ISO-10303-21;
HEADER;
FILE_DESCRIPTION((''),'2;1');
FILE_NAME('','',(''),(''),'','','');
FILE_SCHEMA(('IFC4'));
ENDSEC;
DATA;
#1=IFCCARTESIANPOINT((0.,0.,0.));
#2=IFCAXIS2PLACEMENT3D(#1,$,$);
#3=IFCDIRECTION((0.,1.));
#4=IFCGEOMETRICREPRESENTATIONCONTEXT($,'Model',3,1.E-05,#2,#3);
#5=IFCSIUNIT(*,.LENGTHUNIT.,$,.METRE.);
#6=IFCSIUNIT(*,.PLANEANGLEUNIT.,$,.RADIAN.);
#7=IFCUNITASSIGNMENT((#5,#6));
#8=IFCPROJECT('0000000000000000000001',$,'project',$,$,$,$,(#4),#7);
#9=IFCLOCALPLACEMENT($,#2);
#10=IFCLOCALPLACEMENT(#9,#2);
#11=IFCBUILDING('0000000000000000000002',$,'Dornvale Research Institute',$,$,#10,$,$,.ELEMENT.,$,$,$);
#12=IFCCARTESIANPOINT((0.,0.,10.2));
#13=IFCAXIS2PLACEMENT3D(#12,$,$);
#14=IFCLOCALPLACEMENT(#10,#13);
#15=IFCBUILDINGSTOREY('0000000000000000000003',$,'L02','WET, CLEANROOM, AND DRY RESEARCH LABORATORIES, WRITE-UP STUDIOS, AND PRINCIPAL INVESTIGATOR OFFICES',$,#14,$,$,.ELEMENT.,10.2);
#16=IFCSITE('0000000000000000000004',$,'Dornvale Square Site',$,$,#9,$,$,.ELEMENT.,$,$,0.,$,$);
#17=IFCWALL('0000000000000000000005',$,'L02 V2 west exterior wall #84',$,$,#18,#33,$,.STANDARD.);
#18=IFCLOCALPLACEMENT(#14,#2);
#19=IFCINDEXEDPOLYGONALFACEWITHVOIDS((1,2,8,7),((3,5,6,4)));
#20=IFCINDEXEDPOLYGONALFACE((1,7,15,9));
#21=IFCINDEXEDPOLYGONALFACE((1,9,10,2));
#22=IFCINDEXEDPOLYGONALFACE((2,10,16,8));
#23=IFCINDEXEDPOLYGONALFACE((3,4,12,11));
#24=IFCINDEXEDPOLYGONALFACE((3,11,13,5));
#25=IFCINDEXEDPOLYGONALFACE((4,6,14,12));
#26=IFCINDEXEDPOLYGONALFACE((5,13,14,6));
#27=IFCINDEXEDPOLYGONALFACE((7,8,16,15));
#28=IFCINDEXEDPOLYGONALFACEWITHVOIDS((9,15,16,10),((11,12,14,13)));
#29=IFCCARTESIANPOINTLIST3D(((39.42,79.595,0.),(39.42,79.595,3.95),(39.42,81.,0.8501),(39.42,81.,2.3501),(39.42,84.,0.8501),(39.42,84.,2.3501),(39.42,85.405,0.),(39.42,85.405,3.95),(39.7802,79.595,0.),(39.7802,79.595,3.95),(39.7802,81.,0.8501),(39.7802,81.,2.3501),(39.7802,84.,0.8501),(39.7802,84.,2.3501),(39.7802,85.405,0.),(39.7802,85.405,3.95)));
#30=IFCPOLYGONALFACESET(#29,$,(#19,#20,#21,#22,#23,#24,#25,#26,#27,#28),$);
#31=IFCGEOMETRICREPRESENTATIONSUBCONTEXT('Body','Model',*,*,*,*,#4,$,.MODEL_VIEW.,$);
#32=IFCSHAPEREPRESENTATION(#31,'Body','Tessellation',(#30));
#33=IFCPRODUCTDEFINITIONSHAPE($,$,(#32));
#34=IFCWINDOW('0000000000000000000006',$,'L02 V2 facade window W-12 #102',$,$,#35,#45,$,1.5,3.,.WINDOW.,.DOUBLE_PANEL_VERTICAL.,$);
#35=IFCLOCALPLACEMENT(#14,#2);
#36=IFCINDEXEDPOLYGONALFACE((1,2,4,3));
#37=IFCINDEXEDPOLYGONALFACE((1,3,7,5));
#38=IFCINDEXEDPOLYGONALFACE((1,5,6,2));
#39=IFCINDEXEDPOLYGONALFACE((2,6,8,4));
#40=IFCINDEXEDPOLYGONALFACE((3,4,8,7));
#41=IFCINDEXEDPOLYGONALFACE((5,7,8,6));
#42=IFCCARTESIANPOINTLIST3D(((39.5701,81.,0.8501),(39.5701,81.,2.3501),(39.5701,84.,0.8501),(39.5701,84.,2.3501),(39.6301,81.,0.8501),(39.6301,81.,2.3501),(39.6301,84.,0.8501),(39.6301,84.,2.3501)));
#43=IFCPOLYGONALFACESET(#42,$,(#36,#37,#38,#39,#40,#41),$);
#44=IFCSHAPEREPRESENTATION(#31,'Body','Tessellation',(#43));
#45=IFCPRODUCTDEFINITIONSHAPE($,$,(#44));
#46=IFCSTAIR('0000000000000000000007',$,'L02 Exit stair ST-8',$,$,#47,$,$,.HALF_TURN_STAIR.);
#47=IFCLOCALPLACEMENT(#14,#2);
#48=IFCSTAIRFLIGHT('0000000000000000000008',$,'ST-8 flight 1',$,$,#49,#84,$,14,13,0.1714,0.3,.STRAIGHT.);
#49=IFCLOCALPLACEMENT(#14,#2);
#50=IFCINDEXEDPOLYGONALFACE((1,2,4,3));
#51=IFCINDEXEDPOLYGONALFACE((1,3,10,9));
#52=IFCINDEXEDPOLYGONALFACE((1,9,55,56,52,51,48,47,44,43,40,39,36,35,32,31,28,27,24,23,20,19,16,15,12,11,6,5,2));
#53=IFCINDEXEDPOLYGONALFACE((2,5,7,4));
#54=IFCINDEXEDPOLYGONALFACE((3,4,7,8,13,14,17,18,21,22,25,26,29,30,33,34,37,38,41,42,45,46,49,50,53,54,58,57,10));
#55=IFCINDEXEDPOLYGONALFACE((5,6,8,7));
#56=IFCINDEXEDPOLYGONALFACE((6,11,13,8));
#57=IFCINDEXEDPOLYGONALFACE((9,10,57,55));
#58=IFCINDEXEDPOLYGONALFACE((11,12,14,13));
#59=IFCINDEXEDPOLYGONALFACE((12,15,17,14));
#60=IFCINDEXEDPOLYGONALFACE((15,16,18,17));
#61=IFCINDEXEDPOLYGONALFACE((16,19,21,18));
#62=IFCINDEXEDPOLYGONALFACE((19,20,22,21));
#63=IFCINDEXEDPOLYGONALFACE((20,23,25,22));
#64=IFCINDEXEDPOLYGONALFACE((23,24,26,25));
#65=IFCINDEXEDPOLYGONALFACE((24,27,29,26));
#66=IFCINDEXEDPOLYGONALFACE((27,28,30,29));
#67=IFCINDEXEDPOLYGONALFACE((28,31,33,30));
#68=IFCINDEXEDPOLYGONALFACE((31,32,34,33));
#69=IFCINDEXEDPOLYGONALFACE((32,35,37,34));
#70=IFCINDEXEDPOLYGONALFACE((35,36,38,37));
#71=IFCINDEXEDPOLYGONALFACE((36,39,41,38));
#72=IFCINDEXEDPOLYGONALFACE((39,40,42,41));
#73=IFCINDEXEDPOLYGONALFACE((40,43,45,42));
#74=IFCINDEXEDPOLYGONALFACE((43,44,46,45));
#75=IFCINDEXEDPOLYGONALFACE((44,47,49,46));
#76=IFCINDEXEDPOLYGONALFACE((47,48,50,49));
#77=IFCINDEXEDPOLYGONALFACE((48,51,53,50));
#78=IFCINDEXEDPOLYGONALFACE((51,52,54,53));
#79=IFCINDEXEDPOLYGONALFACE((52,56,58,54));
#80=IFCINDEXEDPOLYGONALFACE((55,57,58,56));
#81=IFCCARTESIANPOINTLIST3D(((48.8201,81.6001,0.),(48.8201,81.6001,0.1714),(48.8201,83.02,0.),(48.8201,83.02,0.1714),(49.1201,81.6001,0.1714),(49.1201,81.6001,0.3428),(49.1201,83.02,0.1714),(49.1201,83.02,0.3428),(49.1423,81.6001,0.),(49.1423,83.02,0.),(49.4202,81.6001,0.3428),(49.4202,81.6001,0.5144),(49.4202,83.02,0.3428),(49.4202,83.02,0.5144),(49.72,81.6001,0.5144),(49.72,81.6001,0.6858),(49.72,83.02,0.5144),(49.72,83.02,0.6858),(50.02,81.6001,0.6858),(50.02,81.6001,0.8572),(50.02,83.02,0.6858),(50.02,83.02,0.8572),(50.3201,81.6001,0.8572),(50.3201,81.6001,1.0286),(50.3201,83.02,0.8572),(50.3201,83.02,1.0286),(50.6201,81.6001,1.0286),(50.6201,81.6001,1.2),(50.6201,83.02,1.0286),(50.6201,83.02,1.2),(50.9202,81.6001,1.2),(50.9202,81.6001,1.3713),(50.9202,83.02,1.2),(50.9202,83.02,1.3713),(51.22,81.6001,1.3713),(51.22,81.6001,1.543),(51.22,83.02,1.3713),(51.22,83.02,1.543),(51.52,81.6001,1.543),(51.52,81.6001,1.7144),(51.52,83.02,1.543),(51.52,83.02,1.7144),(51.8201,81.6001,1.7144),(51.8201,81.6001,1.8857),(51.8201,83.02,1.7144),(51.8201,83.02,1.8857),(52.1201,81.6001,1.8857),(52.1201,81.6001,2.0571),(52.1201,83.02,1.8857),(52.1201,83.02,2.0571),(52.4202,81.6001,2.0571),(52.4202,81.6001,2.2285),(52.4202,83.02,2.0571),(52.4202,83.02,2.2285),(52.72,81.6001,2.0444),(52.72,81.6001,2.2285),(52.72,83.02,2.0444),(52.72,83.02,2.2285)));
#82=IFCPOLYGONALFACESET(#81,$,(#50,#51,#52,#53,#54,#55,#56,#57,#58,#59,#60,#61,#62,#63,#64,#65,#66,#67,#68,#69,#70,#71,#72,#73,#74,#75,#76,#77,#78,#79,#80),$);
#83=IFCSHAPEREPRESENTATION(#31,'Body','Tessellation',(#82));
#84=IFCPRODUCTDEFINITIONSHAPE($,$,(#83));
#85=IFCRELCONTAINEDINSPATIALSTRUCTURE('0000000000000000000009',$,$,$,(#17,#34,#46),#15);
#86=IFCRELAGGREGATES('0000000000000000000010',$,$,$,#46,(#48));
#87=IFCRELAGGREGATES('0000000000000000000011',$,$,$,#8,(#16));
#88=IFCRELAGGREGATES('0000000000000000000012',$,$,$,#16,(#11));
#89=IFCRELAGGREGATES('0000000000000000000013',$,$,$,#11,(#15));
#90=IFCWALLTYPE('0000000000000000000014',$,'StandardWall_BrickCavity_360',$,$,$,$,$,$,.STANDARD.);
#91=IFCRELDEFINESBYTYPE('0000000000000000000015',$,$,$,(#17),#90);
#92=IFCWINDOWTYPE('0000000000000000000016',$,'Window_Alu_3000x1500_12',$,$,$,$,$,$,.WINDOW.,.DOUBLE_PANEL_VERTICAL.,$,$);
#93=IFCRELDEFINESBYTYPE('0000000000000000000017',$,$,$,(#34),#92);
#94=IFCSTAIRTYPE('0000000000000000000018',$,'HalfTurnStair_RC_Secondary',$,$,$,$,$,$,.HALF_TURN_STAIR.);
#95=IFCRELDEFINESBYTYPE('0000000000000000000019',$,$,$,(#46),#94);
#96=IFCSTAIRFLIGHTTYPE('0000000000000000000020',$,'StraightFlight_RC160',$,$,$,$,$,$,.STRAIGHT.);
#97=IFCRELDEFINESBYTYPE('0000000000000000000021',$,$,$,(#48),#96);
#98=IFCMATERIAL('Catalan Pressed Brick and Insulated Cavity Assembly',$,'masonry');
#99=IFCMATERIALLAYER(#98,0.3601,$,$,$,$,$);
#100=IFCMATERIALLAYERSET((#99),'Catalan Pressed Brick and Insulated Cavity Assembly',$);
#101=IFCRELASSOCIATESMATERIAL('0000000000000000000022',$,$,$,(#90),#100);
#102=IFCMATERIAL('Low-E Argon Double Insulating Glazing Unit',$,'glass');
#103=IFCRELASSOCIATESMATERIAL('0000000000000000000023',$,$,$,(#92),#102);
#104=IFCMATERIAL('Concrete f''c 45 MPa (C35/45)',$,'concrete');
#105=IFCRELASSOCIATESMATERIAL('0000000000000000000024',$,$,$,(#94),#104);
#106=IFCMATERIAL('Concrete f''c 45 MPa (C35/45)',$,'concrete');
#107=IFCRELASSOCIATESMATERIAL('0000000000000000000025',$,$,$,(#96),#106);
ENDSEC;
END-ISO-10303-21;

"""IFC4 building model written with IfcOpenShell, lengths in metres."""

from ifc_helpers import new_model, si_unit, direction, frame, frame_2d, origin, place, context, subcontext, project, spatial, polyline, rectangle, outline, extrude, material, layer, layer_set, type_object, element, fill, aggregate, save


model = new_model("IFC4")

# Units and contexts
model_context = context("Model", 3, precision=1e-05, world=origin(), true_north=direction((0.0, 1.0)))
body_context = subcontext(model_context, "Body", "Model", "MODEL_VIEW")
ifc_project = project(units=[si_unit("LENGTHUNIT", "METRE"), si_unit("PLANEANGLEUNIT", "RADIAN")], contexts=[model_context])

# Site, building, storey
site_placement = place(None, origin())
site = spatial("IfcSite", under=ifc_project, at=site_placement, Name="Dornvale Square Site", CompositionType="ELEMENT", RefElevation=0.0)
building_placement = place(site_placement, origin())
building = spatial("IfcBuilding", under=site, at=building_placement, Name="Dornvale Research Institute", CompositionType="ELEMENT")
storey_placement = place(building_placement, frame((0.0, 0.0, 10.2)))
storey = spatial("IfcBuildingStorey", under=building, at=storey_placement, Name="L02", Description="WET, CLEANROOM, AND DRY RESEARCH LABORATORIES, WRITE-UP STUDIOS, AND PRINCIPAL INVESTIGATOR OFFICES", CompositionType="ELEMENT", Elevation=10.2)

# Wall, opening, window
ifc_material_1 = material(Name="Catalan Pressed Brick and Insulated Cavity Assembly", Category="masonry")
ifc_layer_1 = layer(ifc_material_1, 0.3601)
ifc_layer_set_1 = layer_set([ifc_layer_1], Name="Catalan Pressed Brick and Insulated Cavity Assembly")
wall_type_1 = type_object("IfcWallType", Name="StandardWall_BrickCavity_360", PredefinedType="STANDARD", material=ifc_layer_set_1)
wall_1_placement = place(storey_placement, frame((39.6001, 79.595, 0.0), z_axis=(0.0, 0.0, 1.0), x_axis=(0.0, 1.0, 0.0)))
wall_1 = element("IfcWall", 1, at=wall_1_placement, inside=storey, type_object=wall_type_1, Name="L02 V2 west exterior wall #84", PredefinedType="STANDARD", context=body_context, shape_type="SweptSolid", body=[
    extrude(rectangle(XDim=5.8101, YDim=0.3601, at=frame_2d((2.905, 0.0))), origin(), (0.0, 0.0, 1.0), 3.95),
])
opening_1_placement = place(wall_1_placement, frame((1.405, 0.0, 0.8501)))
opening_1 = element("IfcOpeningElement", 2, at=opening_1_placement, cuts=wall_1, PredefinedType="OPENING", context=body_context, shape_type="SweptSolid", body=[
    extrude(rectangle(XDim=3.0, YDim=1.5, at=frame_2d((1.5, 0.75))), frame((0.0, 0.1951, 0.0), z_axis=(0.0, -1.0, 0.0), x_axis=(1.0, 0.0, 0.0)), (0.0, 0.0, 1.0), 0.3901),
])
ifc_material_2 = material(Name="Low-E Argon Double Insulating Glazing Unit", Category="glass")
window_type = type_object("IfcWindowType", Name="Window_Alu_3000x1500_12", PartitioningType="DOUBLE_PANEL_VERTICAL", PredefinedType="WINDOW", material=ifc_material_2)
window_placement = place(opening_1_placement, origin())
window = element("IfcWindow", 3, at=window_placement, inside=storey, type_object=window_type, Name="L02 V2 facade window W-12 #102", OverallHeight=1.5, OverallWidth=3.0, PartitioningType="DOUBLE_PANEL_VERTICAL", PredefinedType="WINDOW", context=body_context, shape_type="SweptSolid", body=[
    extrude(rectangle(XDim=3.0, YDim=1.5, at=frame_2d((1.5, 0.75))), frame((0.0, 0.03, 0.0), z_axis=(0.0, -1.0, 0.0), x_axis=(1.0, 0.0, 0.0)), (0.0, 0.0, 1.0), 0.0601),
])
fill(opening_1, window)

# Stair, stair flight
ifc_material_3 = material(Name="Concrete f'c 45 MPa (C35/45)", Category="concrete")
stair_type = type_object("IfcStairType", Name="HalfTurnStair_RC_Secondary", PredefinedType="HALF_TURN_STAIR", material=ifc_material_3)
stair_placement = place(storey_placement, origin())
stair = element("IfcStair", 4, at=stair_placement, inside=storey, type_object=stair_type, Name="L02 Exit stair ST-8", PredefinedType="HALF_TURN_STAIR")
ifc_material_4 = material(Name="Concrete f'c 45 MPa (C35/45)", Category="concrete")
stair_flight_type = type_object("IfcStairFlightType", Name="StraightFlight_RC160", PredefinedType="STRAIGHT", material=ifc_material_4)
stair_flight_placement = place(storey_placement, frame((48.8201, 82.3101, 0.0), z_axis=(0.0, 0.0, 1.0), x_axis=(1.0, 0.0, 0.0)))
stair_flight = element("IfcStairFlight", 5, at=stair_flight_placement, type_object=stair_flight_type, Name="ST-8 flight 1", NumberOfRisers=14, NumberOfTreads=13, PredefinedType="STRAIGHT", RiserHeight=0.1714, TreadLength=0.3, context=body_context, shape_type="SweptSolid", body=[
    extrude(outline(polyline([(0.0, 0.0), (0.0, 0.1714), (0.3, 0.1714), (0.3, 0.3428), (0.6001, 0.3428), (0.6001, 0.5144), (0.8999, 0.5144), (0.8999, 0.6858), (1.2, 0.6858), (1.2, 0.8572), (1.5, 0.8572), (1.5, 1.0286), (1.8, 1.0286), (1.8, 1.2), (2.1001, 1.2), (2.1001, 1.3713), (2.3999, 1.3713), (2.3999, 1.543), (2.7, 1.543), (2.7, 1.7144), (3.0, 1.7144), (3.0, 1.8857), (3.3, 1.8857), (3.3, 2.0571), (3.6001, 2.0571), (3.6001, 2.2285), (3.8999, 2.2285), (3.8999, 2.3999), (3.8999, 2.0444), (0.3223, 0.0), (0.0, 0.0)])), frame((0.0, 0.71, 0.0), z_axis=(0.0, -1.0, 0.0), x_axis=(1.0, 0.0, 0.0)), (0.0, 0.0, 1.0), 1.4199),
])
aggregate(stair, [stair_flight])

save(model, "model.ifc")
